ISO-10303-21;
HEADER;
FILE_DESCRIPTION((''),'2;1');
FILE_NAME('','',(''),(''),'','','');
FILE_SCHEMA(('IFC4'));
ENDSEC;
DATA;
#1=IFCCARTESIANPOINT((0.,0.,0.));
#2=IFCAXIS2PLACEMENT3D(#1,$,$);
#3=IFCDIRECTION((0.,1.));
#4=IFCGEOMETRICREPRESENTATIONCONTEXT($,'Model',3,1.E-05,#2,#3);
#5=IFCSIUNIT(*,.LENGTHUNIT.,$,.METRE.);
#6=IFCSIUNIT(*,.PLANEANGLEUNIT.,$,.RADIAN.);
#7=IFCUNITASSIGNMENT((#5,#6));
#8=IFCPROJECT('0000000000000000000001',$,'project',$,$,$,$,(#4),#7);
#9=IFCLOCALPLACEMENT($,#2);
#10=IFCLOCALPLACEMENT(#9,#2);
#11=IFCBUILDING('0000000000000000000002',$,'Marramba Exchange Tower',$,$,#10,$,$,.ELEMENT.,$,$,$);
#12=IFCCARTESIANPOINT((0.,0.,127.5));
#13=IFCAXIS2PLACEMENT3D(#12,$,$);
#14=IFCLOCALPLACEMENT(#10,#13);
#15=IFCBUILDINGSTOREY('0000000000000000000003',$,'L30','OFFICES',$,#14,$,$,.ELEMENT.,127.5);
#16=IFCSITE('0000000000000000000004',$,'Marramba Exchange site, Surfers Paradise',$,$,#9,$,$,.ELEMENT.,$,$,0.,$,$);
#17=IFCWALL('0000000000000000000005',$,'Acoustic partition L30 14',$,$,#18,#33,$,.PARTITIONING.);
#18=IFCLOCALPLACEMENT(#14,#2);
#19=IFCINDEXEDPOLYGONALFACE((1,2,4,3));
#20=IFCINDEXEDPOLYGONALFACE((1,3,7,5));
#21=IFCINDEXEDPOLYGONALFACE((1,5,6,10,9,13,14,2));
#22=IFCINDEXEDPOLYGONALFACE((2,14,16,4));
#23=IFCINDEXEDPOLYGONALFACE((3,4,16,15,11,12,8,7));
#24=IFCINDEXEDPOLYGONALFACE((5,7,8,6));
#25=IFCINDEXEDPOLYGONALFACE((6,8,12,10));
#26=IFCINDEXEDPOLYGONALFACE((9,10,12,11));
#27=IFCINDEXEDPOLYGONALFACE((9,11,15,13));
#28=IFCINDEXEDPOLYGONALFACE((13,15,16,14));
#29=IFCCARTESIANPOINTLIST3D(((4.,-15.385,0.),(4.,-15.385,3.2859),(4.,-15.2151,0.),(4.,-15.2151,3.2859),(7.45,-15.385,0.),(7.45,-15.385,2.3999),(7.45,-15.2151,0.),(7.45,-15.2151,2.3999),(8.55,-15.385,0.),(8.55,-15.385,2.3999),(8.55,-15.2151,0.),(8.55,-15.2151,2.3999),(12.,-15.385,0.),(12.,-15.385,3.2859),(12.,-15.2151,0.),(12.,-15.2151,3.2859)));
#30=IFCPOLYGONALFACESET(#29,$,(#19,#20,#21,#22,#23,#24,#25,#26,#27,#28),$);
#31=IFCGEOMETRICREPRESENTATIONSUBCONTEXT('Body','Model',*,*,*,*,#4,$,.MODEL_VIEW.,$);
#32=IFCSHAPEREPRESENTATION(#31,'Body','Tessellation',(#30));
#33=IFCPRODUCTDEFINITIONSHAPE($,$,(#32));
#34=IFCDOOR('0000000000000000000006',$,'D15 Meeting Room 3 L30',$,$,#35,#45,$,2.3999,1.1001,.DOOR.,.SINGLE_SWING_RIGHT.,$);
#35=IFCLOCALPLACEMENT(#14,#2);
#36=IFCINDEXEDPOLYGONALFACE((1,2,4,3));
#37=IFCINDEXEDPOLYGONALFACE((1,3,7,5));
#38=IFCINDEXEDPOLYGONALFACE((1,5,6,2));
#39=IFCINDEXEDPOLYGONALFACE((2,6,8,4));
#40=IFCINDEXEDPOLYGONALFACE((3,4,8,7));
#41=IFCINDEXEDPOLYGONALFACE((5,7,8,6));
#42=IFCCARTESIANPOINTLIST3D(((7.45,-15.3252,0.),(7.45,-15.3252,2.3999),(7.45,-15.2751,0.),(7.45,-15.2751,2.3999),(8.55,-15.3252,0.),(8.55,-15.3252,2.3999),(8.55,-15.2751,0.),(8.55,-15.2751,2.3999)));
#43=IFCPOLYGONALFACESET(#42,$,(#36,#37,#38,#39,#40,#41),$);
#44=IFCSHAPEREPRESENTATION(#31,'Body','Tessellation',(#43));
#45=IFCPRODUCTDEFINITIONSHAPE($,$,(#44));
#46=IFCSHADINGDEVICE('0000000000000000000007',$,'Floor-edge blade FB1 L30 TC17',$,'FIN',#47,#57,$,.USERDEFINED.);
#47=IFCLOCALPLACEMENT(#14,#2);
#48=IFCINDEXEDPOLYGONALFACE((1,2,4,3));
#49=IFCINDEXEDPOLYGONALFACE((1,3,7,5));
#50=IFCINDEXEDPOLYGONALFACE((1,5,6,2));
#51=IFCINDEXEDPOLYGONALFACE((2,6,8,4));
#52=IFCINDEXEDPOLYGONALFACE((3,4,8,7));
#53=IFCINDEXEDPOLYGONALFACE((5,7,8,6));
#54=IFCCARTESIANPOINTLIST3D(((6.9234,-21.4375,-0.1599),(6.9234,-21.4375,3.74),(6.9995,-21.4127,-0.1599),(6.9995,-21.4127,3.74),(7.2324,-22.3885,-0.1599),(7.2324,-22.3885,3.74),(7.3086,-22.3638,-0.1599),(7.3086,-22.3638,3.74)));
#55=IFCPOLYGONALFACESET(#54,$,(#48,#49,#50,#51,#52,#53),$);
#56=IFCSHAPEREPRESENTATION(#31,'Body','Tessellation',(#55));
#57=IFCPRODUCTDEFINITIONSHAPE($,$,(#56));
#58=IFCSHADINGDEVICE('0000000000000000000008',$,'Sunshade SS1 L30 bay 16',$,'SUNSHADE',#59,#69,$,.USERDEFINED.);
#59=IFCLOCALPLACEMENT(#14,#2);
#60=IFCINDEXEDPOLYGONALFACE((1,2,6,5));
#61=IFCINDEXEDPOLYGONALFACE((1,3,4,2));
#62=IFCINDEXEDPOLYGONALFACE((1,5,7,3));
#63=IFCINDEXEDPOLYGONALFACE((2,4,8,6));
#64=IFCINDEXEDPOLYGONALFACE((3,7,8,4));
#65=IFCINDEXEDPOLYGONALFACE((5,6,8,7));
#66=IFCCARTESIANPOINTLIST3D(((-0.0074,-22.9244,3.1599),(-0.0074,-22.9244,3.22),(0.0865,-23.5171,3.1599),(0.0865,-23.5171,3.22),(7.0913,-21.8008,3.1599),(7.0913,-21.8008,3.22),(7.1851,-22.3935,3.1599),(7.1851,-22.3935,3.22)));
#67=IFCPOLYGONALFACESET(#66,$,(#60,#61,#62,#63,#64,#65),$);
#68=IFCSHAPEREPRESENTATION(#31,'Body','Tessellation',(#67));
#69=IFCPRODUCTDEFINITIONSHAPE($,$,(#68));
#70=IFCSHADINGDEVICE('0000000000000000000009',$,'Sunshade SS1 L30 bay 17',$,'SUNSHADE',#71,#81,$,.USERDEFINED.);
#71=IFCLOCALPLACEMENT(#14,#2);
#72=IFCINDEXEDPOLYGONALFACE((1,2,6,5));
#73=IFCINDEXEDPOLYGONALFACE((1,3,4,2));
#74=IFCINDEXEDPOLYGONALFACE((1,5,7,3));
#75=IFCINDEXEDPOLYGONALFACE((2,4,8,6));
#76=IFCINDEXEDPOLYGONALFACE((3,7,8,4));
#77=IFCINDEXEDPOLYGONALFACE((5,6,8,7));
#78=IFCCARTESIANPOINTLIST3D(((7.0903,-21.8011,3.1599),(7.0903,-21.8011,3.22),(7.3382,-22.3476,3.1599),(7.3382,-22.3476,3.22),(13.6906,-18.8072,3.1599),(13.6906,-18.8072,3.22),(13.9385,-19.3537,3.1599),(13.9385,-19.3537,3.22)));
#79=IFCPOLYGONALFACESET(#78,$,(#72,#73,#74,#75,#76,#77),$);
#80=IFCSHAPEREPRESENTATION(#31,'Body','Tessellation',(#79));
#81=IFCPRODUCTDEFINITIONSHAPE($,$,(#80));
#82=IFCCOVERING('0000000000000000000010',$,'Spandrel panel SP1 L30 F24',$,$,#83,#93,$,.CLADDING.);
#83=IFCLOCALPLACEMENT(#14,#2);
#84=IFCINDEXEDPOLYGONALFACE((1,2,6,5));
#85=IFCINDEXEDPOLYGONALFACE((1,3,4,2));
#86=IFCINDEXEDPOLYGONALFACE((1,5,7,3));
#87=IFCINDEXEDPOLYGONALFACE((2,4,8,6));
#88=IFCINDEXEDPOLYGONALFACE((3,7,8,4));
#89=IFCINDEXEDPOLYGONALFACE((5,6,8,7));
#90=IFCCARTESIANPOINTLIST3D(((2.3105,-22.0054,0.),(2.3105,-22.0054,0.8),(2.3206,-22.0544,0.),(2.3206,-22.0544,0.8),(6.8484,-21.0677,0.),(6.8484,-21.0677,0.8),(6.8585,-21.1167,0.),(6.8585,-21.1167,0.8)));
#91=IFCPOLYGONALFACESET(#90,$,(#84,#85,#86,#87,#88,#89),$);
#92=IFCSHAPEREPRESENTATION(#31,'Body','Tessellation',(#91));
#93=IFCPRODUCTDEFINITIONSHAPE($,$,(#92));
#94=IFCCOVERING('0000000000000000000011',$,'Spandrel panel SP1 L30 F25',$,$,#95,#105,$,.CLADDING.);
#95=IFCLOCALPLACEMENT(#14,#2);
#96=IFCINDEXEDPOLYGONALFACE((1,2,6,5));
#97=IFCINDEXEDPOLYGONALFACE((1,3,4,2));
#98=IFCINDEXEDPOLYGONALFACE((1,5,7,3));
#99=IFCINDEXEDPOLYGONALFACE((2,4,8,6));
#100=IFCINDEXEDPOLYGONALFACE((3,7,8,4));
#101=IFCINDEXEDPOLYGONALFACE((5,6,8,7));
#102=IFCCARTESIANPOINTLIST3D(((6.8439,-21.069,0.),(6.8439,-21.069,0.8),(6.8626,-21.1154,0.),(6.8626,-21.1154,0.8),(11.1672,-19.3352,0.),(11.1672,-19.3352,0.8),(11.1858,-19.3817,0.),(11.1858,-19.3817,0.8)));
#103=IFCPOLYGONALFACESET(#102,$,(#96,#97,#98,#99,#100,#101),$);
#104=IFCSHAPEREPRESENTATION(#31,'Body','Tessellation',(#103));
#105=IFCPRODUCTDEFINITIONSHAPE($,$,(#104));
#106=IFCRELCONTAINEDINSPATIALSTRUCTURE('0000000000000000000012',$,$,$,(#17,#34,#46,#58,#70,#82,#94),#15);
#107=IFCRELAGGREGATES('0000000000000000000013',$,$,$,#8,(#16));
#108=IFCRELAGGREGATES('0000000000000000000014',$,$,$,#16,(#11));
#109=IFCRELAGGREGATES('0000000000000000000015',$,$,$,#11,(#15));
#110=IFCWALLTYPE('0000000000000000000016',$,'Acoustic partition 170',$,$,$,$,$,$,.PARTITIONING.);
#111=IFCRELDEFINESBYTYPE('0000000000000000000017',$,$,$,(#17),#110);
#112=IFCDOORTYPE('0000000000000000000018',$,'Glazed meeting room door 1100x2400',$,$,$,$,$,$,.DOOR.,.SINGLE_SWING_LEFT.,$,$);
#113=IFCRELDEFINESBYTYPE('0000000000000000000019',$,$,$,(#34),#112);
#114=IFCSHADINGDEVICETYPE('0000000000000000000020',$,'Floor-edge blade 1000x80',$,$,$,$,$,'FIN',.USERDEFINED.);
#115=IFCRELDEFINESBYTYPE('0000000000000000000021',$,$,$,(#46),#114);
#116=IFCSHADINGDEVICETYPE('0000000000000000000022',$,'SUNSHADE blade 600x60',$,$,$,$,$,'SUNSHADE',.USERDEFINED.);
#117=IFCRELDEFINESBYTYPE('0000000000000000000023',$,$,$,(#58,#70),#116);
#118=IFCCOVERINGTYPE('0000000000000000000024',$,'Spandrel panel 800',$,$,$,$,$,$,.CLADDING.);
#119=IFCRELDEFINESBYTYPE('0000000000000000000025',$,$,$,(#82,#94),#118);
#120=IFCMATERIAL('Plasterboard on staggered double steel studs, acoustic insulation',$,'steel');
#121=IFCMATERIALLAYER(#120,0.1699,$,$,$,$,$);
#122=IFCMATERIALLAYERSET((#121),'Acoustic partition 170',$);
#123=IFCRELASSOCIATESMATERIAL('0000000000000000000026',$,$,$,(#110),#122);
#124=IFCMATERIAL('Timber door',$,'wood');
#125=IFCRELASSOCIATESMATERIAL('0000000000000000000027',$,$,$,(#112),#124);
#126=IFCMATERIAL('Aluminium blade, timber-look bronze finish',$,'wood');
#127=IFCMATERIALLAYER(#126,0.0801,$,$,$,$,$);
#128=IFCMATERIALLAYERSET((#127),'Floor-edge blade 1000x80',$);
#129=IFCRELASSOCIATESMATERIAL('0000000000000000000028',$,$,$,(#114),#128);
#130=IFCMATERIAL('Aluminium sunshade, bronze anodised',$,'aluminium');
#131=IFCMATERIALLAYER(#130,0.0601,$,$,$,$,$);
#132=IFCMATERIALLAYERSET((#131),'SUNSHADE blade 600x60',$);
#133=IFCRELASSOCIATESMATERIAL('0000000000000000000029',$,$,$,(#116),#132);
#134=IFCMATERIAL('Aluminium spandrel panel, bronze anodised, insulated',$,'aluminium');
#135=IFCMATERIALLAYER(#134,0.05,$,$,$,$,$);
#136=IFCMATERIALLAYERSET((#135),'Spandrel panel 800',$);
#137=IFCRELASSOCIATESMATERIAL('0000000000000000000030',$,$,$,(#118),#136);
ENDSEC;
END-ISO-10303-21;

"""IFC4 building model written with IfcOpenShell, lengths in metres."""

from ifc_helpers import new_model, si_unit, direction, frame, frame_2d, origin, origin_2d, place, context, subcontext, project, spatial, rectangle, extrude, material, layer, layer_set, type_object, element, fill, save


model = new_model("IFC4")

# Units and contexts
model_context = context("Model", 3, precision=1e-05, world=origin(), true_north=direction((0.0, 1.0)))
body_context = subcontext(model_context, "Body", "Model", "MODEL_VIEW")
ifc_project = project(units=[si_unit("LENGTHUNIT", "METRE"), si_unit("PLANEANGLEUNIT", "RADIAN")], contexts=[model_context])

# Site, building, storey
site_placement = place(None, origin())
site = spatial("IfcSite", under=ifc_project, at=site_placement, Name="Marramba Exchange site, Surfers Paradise", CompositionType="ELEMENT", RefElevation=0.0)
building_placement = place(site_placement, origin())
building = spatial("IfcBuilding", under=site, at=building_placement, Name="Marramba Exchange Tower", CompositionType="ELEMENT")
storey_placement = place(building_placement, frame((0.0, 0.0, 127.5)))
storey = spatial("IfcBuildingStorey", under=building, at=storey_placement, Name="L30", Description="OFFICES", CompositionType="ELEMENT", Elevation=127.5)

# Shared definitions
ifc_material_1 = material(Name="Plasterboard on staggered double steel studs, acoustic insulation", Category="steel")
ifc_layer_1 = layer(ifc_material_1, 0.1699)
ifc_layer_set_1 = layer_set([ifc_layer_1], Name="Acoustic partition 170")
wall_type = type_object("IfcWallType", Name="Acoustic partition 170", PredefinedType="PARTITIONING", material=ifc_layer_set_1)

# Wall, opening, door
wall_1_placement = place(storey_placement, frame((4.0, -15.3, 0.0), z_axis=(0.0, 0.0, 1.0), x_axis=(1.0, 0.0, 0.0)))
wall_1 = element("IfcWall", 1, at=wall_1_placement, inside=storey, type_object=wall_type, Name="Acoustic partition L30 14", PredefinedType="PARTITIONING", context=body_context, shape_type="SweptSolid", body=[
    extrude(rectangle(XDim=8.0, YDim=0.1699, at=frame_2d((4.0, 0.0))), origin(), (0.0, 0.0, 1.0), 3.2859),
])
opening_placement = place(wall_1_placement, frame((3.45, 0.0, 0.0)))
opening = element("IfcOpeningElement", 2, at=opening_placement, cuts=wall_1, PredefinedType="OPENING", context=body_context, shape_type="SweptSolid", body=[
    extrude(rectangle(XDim=1.1001, YDim=2.3999, at=frame_2d((0.55, 1.2))), frame((0.0, 0.095, 0.0), z_axis=(0.0, -1.0, 0.0), x_axis=(1.0, 0.0, 0.0)), (0.0, 0.0, 1.0), 0.1899),
])
ifc_material_2 = material(Name="Timber door", Category="wood")
door_type = type_object("IfcDoorType", Name="Glazed meeting room door 1100x2400", OperationType="SINGLE_SWING_LEFT", PredefinedType="DOOR", material=ifc_material_2)
door_placement = place(opening_placement, origin())
door = element("IfcDoor", 3, at=door_placement, inside=storey, type_object=door_type, Name="D15 Meeting Room 3 L30", OperationType="SINGLE_SWING_RIGHT", OverallHeight=2.3999, OverallWidth=1.1001, PredefinedType="DOOR", context=body_context, shape_type="SweptSolid", body=[
    extrude(rectangle(XDim=1.1001, YDim=2.3999, at=frame_2d((0.55, 1.2))), frame((0.0, 0.0249, 0.0), z_axis=(0.0, -1.0, 0.0), x_axis=(1.0, 0.0, 0.0)), (0.0, 0.0, 1.0), 0.05),
])
fill(opening, door)

# Shading devices
ifc_material_3 = material(Name="Aluminium blade, timber-look bronze finish", Category="wood")
ifc_layer_2 = layer(ifc_material_3, 0.0801)
ifc_layer_set_2 = layer_set([ifc_layer_2], Name="Floor-edge blade 1000x80")
shading_device_type_1 = type_object("IfcShadingDeviceType", Name="Floor-edge blade 1000x80", ElementType="FIN", PredefinedType="USERDEFINED", material=ifc_layer_set_2)
shading_device_1_placement = place(storey_placement, frame((7.116, -21.9006, -0.1599), z_axis=(0.0, 0.0, 1.0), x_axis=(0.309017, -0.951057, 0.0)))
element("IfcShadingDevice", 4, at=shading_device_1_placement, inside=storey, type_object=shading_device_type_1, Name="Floor-edge blade FB1 L30 TC17", ObjectType="FIN", PredefinedType="USERDEFINED", context=body_context, shape_type="SweptSolid", body=[
    extrude(rectangle(XDim=1.0, YDim=0.0801, at=origin_2d()), origin(), (0.0, 0.0, 1.0), 3.8999),
])
ifc_material_4 = material(Name="Aluminium sunshade, bronze anodised", Category="aluminium")
ifc_layer_3 = layer(ifc_material_4, 0.0601)
ifc_layer_set_3 = layer_set([ifc_layer_3], Name="SUNSHADE blade 600x60")
shading_device_type_2 = type_object("IfcShadingDeviceType", Name="SUNSHADE blade 600x60", ElementType="SUNSHADE", PredefinedType="USERDEFINED", material=ifc_layer_set_3)
shading_device_2_placement = place(storey_placement, frame((3.5889, -22.6589, 3.1599), z_axis=(0.0, 0.0, 1.0), x_axis=(0.987705, 0.15633, 0.0)))
element("IfcShadingDevice", 5, at=shading_device_2_placement, inside=storey, type_object=shading_device_type_2, Name="Sunshade SS1 L30 bay 16", ObjectType="SUNSHADE", PredefinedType="USERDEFINED", context=body_context, shape_type="SweptSolid", body=[
    extrude(rectangle(XDim=7.187, YDim=0.6001, at=origin_2d()), origin(), (0.0, 0.0, 1.0), 0.0601),
])
shading_device_3_placement = place(storey_placement, frame((10.5144, -20.5774, 3.1599), z_axis=(0.0, 0.0, 1.0), x_axis=(0.910692, 0.413086, 0.0)))
element("IfcShadingDevice", 6, at=shading_device_3_placement, inside=storey, type_object=shading_device_type_2, Name="Sunshade SS1 L30 bay 17", ObjectType="SUNSHADE", PredefinedType="USERDEFINED", context=body_context, shape_type="SweptSolid", body=[
    extrude(rectangle(XDim=7.2476, YDim=0.6001, at=origin_2d()), origin(), (0.0, 0.0, 1.0), 0.0601),
])

# Coverings
ifc_material_5 = material(Name="Aluminium spandrel panel, bronze anodised, insulated", Category="aluminium")
ifc_layer_4 = layer(ifc_material_5, 0.05)
ifc_layer_set_4 = layer_set([ifc_layer_4], Name="Spandrel panel 800")
covering_type = type_object("IfcCoveringType", Name="Spandrel panel 800", PredefinedType="CLADDING", material=ifc_layer_set_4)
covering_1_placement = place(storey_placement, frame((4.5845, -21.561, 0.0), z_axis=(0.0, 0.0, 1.0), x_axis=(0.97931, 0.202365, 0.0)))
element("IfcCovering", 7, at=covering_1_placement, inside=storey, type_object=covering_type, Name="Spandrel panel SP1 L30 F24", PredefinedType="CLADDING", context=body_context, shape_type="SweptSolid", body=[
    extrude(rectangle(XDim=4.6338, YDim=0.05, at=origin_2d()), origin(), (0.0, 0.0, 1.0), 0.8),
])
covering_2_placement = place(storey_placement, frame((9.0149, -20.2253, 0.0), z_axis=(0.0, 0.0, 1.0), x_axis=(0.928149, 0.372209, 0.0)))
element("IfcCovering", 8, at=covering_2_placement, inside=storey, type_object=covering_type, Name="Spandrel panel SP1 L30 F25", PredefinedType="CLADDING", context=body_context, shape_type="SweptSolid", body=[
    extrude(rectangle(XDim=4.658, YDim=0.05, at=origin_2d()), origin(), (0.0, 0.0, 1.0), 0.8),
])

save(model, "model.ifc")
